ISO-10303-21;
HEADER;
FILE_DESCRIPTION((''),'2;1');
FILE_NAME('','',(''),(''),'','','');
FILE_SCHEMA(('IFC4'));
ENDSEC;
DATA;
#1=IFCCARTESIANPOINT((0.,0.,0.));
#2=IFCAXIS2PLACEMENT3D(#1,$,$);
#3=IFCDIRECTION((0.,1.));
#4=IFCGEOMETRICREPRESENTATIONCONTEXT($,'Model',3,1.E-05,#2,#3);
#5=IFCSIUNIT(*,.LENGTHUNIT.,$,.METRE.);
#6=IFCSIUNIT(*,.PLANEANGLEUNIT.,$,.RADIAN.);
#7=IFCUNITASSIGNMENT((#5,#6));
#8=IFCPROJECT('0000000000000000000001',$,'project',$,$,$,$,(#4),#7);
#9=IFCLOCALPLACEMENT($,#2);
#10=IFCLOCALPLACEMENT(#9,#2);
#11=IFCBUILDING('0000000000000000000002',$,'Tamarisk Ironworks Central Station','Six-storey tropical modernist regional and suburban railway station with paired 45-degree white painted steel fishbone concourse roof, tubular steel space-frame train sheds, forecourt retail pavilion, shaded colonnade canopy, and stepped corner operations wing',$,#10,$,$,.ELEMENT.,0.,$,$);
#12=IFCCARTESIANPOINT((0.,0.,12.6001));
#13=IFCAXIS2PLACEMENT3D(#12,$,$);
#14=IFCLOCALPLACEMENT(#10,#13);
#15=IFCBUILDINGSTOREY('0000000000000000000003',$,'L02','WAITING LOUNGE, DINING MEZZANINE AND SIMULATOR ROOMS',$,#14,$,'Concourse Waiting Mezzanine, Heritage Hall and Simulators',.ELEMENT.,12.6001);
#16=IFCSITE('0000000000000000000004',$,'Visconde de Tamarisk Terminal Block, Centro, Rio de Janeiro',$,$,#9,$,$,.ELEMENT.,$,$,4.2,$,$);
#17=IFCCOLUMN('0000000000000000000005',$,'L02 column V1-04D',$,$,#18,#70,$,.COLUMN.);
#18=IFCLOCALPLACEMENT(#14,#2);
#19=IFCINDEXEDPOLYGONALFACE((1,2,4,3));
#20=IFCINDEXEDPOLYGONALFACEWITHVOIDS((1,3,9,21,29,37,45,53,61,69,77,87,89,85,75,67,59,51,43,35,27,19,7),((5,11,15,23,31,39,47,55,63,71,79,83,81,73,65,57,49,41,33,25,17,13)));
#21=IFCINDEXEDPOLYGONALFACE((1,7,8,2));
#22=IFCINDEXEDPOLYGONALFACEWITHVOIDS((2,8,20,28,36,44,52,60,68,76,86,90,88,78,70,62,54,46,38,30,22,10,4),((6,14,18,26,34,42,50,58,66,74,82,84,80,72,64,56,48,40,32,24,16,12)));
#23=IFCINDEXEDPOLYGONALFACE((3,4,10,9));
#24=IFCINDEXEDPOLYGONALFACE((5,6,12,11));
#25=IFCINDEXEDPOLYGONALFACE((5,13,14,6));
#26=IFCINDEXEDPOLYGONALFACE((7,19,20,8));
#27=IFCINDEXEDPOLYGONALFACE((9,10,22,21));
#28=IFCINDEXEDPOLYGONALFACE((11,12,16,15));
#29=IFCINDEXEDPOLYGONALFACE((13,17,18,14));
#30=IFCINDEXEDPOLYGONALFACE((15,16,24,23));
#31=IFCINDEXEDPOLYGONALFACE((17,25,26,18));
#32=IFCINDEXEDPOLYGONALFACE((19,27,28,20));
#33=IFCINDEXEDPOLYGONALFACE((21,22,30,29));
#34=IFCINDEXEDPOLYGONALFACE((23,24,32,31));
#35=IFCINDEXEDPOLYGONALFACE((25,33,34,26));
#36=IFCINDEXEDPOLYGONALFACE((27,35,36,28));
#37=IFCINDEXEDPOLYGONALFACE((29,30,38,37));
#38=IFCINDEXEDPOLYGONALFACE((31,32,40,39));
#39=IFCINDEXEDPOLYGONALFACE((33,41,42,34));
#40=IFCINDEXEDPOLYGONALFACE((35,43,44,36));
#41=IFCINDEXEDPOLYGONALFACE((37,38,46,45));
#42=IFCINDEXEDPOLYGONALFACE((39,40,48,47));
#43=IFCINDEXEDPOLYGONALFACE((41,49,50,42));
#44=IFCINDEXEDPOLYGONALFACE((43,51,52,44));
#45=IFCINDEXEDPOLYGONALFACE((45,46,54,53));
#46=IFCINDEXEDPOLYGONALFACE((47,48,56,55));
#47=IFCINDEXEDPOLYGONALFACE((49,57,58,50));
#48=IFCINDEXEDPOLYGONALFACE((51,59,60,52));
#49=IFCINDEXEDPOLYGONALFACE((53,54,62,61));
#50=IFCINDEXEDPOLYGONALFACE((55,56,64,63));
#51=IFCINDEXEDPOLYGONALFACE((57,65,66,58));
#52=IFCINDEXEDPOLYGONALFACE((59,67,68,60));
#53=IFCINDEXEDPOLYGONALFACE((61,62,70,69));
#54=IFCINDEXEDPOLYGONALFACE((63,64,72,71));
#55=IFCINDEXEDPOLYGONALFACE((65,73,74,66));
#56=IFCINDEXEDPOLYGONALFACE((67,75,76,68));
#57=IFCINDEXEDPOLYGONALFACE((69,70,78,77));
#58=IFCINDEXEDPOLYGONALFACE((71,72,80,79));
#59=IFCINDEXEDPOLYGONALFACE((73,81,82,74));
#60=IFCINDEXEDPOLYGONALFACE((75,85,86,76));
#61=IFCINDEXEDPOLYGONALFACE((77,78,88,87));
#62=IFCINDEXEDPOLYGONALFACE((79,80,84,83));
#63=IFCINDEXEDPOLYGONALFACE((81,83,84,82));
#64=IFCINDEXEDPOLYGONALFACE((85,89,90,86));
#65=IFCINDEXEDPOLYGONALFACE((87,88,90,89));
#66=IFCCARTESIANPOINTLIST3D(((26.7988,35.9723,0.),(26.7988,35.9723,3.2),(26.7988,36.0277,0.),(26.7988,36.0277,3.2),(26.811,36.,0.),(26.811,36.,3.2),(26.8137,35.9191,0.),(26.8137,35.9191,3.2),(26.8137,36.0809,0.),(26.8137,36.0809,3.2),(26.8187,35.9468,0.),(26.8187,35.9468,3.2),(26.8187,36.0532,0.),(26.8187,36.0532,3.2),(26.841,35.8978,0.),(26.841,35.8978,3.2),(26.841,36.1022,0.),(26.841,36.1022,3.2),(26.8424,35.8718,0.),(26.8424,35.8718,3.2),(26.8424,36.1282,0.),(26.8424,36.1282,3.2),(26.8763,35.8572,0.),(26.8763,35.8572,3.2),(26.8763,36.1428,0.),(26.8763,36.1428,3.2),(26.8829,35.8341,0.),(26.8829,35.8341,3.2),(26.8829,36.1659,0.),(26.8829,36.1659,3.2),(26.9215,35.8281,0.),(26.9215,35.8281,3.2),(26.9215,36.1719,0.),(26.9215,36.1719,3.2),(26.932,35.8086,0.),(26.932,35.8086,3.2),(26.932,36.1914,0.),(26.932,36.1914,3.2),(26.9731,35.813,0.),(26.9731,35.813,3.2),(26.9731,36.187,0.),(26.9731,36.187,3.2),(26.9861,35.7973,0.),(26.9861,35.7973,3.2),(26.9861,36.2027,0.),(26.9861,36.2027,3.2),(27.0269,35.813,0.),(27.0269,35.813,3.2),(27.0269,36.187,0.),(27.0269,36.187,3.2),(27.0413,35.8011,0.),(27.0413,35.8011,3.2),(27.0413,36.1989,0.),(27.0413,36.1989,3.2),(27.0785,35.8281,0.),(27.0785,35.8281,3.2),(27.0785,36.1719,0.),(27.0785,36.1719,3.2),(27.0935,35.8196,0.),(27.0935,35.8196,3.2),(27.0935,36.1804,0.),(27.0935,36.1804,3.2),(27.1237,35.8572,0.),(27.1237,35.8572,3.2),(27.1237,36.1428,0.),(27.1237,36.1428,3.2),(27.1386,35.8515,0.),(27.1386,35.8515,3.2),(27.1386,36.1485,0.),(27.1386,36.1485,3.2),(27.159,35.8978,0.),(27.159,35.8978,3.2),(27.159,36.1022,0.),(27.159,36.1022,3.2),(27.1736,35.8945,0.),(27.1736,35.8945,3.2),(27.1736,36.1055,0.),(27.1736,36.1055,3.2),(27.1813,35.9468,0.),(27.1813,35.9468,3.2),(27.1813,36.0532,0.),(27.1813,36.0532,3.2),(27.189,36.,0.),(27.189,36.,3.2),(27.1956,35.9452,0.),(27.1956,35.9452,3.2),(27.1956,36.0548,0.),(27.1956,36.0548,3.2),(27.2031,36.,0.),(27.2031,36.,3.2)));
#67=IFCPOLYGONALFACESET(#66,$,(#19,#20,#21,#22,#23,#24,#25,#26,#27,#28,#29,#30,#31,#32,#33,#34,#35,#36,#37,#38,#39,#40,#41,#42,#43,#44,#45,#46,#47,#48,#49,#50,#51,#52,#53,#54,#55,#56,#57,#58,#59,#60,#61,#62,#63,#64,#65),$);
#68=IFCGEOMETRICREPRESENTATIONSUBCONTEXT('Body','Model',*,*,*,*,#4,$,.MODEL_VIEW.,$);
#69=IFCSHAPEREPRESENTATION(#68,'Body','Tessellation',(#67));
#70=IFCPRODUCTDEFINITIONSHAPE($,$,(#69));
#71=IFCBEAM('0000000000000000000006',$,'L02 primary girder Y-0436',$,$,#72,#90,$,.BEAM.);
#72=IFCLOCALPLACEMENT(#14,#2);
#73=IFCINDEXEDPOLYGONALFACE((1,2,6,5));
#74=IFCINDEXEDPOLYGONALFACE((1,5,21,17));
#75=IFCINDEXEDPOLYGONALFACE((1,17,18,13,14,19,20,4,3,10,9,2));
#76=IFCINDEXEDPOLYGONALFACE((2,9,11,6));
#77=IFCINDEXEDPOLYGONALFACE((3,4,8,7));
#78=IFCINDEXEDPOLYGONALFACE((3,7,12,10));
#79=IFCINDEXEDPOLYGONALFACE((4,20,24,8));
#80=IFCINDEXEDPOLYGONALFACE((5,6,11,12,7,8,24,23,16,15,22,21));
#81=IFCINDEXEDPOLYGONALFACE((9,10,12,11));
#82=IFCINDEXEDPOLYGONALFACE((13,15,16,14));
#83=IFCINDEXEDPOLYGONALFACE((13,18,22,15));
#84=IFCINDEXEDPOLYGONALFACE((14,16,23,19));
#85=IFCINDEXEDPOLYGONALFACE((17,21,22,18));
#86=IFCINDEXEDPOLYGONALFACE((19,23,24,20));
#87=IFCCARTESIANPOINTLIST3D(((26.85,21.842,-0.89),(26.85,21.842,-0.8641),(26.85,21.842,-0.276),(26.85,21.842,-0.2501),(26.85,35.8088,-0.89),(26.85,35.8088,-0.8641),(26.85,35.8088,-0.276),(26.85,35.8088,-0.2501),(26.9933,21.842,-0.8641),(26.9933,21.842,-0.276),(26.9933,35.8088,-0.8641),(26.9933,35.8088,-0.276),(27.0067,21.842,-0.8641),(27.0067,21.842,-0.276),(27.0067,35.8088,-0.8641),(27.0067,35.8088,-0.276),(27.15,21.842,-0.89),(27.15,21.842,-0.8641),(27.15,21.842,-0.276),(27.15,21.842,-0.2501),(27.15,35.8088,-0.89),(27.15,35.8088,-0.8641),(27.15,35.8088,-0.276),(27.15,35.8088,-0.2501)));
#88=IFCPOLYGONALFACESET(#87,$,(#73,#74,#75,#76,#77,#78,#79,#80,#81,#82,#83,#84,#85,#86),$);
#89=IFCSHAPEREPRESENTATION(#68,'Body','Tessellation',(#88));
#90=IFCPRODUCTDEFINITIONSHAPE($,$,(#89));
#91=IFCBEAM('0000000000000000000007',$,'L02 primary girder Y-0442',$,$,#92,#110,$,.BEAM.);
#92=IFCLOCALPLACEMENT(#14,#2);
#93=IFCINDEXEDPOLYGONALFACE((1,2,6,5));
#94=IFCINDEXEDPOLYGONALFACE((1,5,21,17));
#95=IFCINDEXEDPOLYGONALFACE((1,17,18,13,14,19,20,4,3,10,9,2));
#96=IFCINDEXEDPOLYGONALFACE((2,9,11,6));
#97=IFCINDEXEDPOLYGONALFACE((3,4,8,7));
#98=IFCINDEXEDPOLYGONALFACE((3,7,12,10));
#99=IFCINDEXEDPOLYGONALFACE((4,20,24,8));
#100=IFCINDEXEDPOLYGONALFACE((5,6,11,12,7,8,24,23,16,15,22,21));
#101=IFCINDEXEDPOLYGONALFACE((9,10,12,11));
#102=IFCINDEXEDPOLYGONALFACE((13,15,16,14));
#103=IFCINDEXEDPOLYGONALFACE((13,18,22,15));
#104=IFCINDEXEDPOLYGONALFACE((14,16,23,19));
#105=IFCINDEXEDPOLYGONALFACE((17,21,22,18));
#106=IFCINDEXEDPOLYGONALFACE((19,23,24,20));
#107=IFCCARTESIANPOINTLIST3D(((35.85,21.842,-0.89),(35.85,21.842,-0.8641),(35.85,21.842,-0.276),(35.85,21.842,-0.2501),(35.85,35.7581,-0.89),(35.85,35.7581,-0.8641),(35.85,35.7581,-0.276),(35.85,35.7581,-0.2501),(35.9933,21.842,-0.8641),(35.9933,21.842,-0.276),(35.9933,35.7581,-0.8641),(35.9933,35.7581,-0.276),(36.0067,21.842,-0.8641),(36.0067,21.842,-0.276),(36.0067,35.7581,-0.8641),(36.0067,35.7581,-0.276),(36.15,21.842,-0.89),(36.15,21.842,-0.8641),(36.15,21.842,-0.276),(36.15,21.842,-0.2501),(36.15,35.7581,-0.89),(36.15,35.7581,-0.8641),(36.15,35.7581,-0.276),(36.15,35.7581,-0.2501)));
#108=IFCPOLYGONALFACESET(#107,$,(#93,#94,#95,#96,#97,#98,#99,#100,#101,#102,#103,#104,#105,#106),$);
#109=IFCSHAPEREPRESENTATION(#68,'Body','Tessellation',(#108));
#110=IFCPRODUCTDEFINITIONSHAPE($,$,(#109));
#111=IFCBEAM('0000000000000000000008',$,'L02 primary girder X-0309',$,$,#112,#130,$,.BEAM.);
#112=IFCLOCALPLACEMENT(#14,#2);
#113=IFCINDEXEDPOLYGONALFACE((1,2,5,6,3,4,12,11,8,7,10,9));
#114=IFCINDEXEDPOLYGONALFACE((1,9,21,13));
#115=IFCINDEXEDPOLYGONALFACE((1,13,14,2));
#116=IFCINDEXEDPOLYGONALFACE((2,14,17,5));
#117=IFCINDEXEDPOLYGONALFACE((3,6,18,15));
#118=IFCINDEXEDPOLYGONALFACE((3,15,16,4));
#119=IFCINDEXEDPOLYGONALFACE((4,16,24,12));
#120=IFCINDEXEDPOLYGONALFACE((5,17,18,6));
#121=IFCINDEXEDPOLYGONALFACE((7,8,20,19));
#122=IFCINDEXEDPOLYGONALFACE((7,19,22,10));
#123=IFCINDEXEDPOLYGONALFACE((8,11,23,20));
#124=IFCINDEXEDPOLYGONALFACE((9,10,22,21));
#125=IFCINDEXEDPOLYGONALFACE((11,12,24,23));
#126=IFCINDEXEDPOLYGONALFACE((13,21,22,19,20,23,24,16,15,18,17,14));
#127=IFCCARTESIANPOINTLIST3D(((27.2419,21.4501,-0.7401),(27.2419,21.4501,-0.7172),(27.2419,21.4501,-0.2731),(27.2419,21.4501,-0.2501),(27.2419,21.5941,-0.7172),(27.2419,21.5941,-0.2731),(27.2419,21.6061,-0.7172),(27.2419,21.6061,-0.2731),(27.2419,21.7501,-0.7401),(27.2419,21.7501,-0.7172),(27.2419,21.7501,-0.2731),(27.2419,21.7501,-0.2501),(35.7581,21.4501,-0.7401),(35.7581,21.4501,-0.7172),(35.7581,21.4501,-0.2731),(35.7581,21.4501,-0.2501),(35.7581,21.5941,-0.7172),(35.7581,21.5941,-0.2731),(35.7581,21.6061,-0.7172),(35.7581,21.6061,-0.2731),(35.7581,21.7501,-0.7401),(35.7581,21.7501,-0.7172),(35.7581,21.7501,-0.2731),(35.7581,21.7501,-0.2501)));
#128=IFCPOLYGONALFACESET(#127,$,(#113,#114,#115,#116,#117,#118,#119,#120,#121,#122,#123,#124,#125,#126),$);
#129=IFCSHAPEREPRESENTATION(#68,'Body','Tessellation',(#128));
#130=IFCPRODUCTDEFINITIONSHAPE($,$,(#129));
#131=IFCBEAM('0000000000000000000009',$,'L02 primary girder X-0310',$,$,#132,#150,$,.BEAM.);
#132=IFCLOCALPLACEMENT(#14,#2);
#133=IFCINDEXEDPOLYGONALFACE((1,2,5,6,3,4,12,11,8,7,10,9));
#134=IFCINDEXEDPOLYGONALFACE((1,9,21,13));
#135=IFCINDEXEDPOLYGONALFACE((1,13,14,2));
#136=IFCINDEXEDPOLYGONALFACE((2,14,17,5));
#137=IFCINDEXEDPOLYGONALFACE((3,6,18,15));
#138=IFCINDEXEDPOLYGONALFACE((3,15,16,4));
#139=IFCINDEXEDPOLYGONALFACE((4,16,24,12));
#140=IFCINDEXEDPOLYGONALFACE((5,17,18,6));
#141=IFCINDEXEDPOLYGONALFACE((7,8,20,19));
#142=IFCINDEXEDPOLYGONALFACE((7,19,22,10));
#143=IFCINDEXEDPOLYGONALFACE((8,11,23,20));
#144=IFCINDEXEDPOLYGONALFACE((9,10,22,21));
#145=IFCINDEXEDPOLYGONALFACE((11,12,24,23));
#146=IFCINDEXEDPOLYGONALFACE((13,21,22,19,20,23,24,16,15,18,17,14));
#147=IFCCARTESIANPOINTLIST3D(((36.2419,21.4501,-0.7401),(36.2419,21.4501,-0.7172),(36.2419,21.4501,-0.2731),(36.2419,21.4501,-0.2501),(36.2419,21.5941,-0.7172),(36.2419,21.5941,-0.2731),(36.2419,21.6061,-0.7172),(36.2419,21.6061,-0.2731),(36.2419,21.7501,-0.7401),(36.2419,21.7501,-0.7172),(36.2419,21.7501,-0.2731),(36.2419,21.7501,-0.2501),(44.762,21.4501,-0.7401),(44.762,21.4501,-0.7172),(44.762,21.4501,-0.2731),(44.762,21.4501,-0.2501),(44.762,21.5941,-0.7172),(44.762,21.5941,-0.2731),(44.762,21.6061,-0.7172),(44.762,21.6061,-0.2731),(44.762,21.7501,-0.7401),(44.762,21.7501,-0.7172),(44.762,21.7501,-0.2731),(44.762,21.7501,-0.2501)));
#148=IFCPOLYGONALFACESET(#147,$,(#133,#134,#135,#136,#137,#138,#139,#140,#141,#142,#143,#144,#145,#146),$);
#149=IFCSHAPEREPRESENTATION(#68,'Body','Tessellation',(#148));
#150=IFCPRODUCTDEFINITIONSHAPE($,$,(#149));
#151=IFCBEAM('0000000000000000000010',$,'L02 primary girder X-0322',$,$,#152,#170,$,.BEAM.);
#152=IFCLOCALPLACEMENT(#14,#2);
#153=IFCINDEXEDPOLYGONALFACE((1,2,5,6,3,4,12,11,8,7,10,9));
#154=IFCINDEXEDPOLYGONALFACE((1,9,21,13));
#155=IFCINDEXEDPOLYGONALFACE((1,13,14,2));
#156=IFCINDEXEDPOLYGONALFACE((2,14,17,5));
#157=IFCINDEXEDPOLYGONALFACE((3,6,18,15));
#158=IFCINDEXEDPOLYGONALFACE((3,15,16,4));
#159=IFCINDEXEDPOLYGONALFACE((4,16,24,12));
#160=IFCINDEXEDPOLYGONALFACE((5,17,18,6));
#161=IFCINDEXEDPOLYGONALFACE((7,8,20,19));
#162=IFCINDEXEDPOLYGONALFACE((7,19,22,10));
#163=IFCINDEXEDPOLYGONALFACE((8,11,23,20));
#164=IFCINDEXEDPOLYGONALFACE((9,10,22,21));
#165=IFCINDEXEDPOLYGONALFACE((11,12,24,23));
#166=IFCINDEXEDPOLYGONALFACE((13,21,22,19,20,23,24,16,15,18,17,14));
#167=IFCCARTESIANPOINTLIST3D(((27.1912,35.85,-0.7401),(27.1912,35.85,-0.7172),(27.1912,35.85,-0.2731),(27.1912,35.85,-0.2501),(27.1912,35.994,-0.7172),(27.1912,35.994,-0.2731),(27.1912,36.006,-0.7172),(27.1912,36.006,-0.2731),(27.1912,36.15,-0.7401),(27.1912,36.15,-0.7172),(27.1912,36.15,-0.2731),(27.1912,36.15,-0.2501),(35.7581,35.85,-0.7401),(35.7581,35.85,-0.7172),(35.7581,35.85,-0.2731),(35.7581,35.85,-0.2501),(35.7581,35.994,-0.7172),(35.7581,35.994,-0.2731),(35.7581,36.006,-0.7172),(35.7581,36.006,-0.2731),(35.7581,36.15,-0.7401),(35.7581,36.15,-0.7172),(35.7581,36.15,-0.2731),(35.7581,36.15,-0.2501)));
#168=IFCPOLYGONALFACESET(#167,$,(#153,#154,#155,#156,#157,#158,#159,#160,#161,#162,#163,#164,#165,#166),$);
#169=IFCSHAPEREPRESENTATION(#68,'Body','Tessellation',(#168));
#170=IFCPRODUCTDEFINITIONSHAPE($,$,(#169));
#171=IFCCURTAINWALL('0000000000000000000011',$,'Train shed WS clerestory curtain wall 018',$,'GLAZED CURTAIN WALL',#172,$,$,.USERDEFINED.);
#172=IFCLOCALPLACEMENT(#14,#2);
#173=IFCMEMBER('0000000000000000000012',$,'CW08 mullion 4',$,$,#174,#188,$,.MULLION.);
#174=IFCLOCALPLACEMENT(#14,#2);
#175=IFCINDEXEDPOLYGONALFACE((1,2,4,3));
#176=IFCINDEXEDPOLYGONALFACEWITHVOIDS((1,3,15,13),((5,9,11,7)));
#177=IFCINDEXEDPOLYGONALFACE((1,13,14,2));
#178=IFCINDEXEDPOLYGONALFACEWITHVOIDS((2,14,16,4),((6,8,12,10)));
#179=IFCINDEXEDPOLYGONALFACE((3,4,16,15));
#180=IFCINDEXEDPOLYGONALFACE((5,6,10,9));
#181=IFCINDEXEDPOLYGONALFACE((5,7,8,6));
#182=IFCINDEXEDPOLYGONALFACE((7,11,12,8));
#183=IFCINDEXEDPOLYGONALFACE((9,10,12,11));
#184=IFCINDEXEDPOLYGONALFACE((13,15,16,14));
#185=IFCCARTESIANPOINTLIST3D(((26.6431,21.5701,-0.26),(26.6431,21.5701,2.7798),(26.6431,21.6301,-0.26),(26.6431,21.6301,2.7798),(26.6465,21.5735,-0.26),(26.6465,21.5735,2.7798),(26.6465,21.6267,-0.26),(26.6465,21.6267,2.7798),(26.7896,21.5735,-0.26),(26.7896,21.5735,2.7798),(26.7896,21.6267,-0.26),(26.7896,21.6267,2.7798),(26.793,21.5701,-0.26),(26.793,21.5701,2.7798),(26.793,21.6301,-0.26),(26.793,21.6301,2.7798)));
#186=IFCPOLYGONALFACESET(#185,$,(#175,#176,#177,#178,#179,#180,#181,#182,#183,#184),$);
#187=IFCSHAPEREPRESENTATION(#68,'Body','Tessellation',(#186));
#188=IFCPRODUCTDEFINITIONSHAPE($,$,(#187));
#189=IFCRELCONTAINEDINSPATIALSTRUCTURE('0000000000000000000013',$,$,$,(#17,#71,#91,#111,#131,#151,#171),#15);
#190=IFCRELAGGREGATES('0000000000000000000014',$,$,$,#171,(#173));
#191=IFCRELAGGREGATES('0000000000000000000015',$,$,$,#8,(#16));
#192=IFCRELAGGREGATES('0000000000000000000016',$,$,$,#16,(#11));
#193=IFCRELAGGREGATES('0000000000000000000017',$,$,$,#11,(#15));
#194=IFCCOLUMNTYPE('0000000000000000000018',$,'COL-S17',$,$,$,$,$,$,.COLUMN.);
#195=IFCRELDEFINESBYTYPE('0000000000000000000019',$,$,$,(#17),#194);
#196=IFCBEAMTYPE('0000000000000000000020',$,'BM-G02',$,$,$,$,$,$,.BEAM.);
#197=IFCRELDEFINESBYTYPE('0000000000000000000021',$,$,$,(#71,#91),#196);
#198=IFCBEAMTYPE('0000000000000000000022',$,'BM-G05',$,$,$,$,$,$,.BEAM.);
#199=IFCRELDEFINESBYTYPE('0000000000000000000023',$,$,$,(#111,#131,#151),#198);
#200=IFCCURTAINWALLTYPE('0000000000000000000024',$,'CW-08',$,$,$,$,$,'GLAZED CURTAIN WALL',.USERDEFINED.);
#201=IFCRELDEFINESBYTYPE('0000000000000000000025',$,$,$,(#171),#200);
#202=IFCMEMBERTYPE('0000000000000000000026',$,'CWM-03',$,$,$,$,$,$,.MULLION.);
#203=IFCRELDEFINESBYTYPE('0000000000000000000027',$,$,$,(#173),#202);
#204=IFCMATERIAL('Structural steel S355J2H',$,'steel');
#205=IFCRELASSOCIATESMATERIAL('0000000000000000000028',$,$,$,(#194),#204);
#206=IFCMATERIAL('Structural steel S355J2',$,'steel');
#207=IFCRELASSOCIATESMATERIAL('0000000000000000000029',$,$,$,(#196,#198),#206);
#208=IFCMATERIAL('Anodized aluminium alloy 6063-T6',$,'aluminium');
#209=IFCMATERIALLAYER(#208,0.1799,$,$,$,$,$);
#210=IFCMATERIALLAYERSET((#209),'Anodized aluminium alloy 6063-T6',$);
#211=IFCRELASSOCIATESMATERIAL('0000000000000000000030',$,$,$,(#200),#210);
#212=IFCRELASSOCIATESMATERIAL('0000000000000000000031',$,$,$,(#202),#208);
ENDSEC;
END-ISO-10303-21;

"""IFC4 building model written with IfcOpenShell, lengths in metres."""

from ifc_helpers import new_model, si_unit, direction, frame, origin, origin_2d, place, context, subcontext, project, spatial, hollow_rectangle, hollow_circle, i_section, extrude, material, layer, layer_set, material_profile, profile_set, type_object, element, aggregate, save


model = new_model("IFC4")

# Units and contexts
model_context = context("Model", 3, precision=1e-05, world=origin(), true_north=direction((0.0, 1.0)))
body_context = subcontext(model_context, "Body", "Model", "MODEL_VIEW")
ifc_project = project(units=[si_unit("LENGTHUNIT", "METRE"), si_unit("PLANEANGLEUNIT", "RADIAN")], contexts=[model_context])

# Site, building, storey
site_placement = place(None, origin())
site = spatial("IfcSite", under=ifc_project, at=site_placement, Name="Visconde de Tamarisk Terminal Block, Centro, Rio de Janeiro", CompositionType="ELEMENT", RefElevation=4.2)
building_placement = place(site_placement, origin())
building = spatial("IfcBuilding", under=site, at=building_placement, Name="Tamarisk Ironworks Central Station", Description="Six-storey tropical modernist regional and suburban railway station with paired 45-degree white painted steel fishbone concourse roof, tubular steel space-frame train sheds, forecourt retail pavilion, shaded colonnade canopy, and stepped corner operations wing", CompositionType="ELEMENT", ElevationOfRefHeight=0.0)
storey_placement = place(building_placement, frame((0.0, 0.0, 12.6001)))
storey = spatial("IfcBuildingStorey", under=building, at=storey_placement, Name="L02", Description="WAITING LOUNGE, DINING MEZZANINE AND SIMULATOR ROOMS", LongName="Concourse Waiting Mezzanine, Heritage Hall and Simulators", CompositionType="ELEMENT", Elevation=12.6001)

# Column
ifc_material_1 = material(Name="Structural steel S355J2H", Category="steel")
ifc_material_profile_1 = material_profile(ifc_material_1, hollow_circle(Radius=0.2031, WallThickness=0.0142, at=origin_2d()), Name="CHS 406.4x14.2")
ifc_profile_set_1 = profile_set([ifc_material_profile_1], Name="Structural steel S355J2H")
column_type_1 = type_object("IfcColumnType", Name="COL-S17", PredefinedType="COLUMN", material=ifc_profile_set_1)
column_placement = place(storey_placement, frame((27.0, 36.0, 0.0), z_axis=(0.0, 0.0, 1.0), x_axis=(1.0, 0.0, 0.0)))
element("IfcColumn", 1, at=column_placement, inside=storey, type_object=column_type_1, Name="L02 column V1-04D", PredefinedType="COLUMN", context=body_context, shape_type="SweptSolid", body=[
    extrude(hollow_circle(Radius=0.2031, WallThickness=0.0142, at=origin_2d()), origin(), (0.0, 0.0, 1.0), 3.2),
])

# Beams
ifc_material_2 = material(Name="Structural steel S355J2", Category="steel")
ifc_material_profile_2 = material_profile(ifc_material_2, i_section(OverallWidth=0.3, OverallDepth=0.6399, WebThickness=0.0134, FlangeThickness=0.0259, at=origin_2d()), Name="HEA 650")
ifc_profile_set_2 = profile_set([ifc_material_profile_2], Name="Structural steel S355J2")
beam_type_1 = type_object("IfcBeamType", Name="BM-G02", PredefinedType="BEAM", material=ifc_profile_set_2)
beam_1_placement = place(storey_placement, frame((27.0, 21.842, -0.5701), z_axis=(0.0, 1.0, 0.0), x_axis=(-1.0, 0.0, 0.0)))
element("IfcBeam", 2, at=beam_1_placement, inside=storey, type_object=beam_type_1, Name="L02 primary girder Y-0436", PredefinedType="BEAM", context=body_context, shape_type="SweptSolid", body=[
    extrude(i_section(OverallWidth=0.3, OverallDepth=0.6399, WebThickness=0.0134, FlangeThickness=0.0259, at=origin_2d()), origin(), (0.0, 0.0, 1.0), 13.9668),
])
beam_2_placement = place(storey_placement, frame((36.0, 21.842, -0.5701), z_axis=(0.0, 1.0, 0.0), x_axis=(-1.0, 0.0, 0.0)))
element("IfcBeam", 3, at=beam_2_placement, inside=storey, type_object=beam_type_1, Name="L02 primary girder Y-0442", PredefinedType="BEAM", context=body_context, shape_type="SweptSolid", body=[
    extrude(i_section(OverallWidth=0.3, OverallDepth=0.6399, WebThickness=0.0134, FlangeThickness=0.0259, at=origin_2d()), origin(), (0.0, 0.0, 1.0), 13.916),
])
ifc_material_profile_3 = material_profile(ifc_material_2, i_section(OverallWidth=0.3, OverallDepth=0.49, WebThickness=0.012, FlangeThickness=0.0229, at=origin_2d()), Name="HEA 500")
ifc_profile_set_3 = profile_set([ifc_material_profile_3], Name="Structural steel S355J2")
beam_type_2 = type_object("IfcBeamType", Name="BM-G05", PredefinedType="BEAM", material=ifc_profile_set_3)
beam_3_placement = place(storey_placement, frame((27.2419, 21.6001, -0.4951), z_axis=(1.0, 0.0, 0.0), x_axis=(0.0, 1.0, 0.0)))
element("IfcBeam", 4, at=beam_3_placement, inside=storey, type_object=beam_type_2, Name="L02 primary girder X-0309", PredefinedType="BEAM", context=body_context, shape_type="SweptSolid", body=[
    extrude(i_section(OverallWidth=0.3, OverallDepth=0.49, WebThickness=0.012, FlangeThickness=0.0229, at=origin_2d()), origin(), (0.0, 0.0, 1.0), 8.5161),
])
beam_4_placement = place(storey_placement, frame((36.2419, 21.6001, -0.4951), z_axis=(1.0, 0.0, 0.0), x_axis=(0.0, 1.0, 0.0)))
element("IfcBeam", 5, at=beam_4_placement, inside=storey, type_object=beam_type_2, Name="L02 primary girder X-0310", PredefinedType="BEAM", context=body_context, shape_type="SweptSolid", body=[
    extrude(i_section(OverallWidth=0.3, OverallDepth=0.49, WebThickness=0.012, FlangeThickness=0.0229, at=origin_2d()), origin(), (0.0, 0.0, 1.0), 8.52),
])
beam_5_placement = place(storey_placement, frame((27.1912, 36.0, -0.4951), z_axis=(1.0, 0.0, 0.0), x_axis=(0.0, 1.0, 0.0)))
element("IfcBeam", 6, at=beam_5_placement, inside=storey, type_object=beam_type_2, Name="L02 primary girder X-0322", PredefinedType="BEAM", context=body_context, shape_type="SweptSolid", body=[
    extrude(i_section(OverallWidth=0.3, OverallDepth=0.49, WebThickness=0.012, FlangeThickness=0.0229, at=origin_2d()), origin(), (0.0, 0.0, 1.0), 8.5669),
])

# Curtain wall, member
ifc_material_3 = material(Name="Anodized aluminium alloy 6063-T6", Category="aluminium")
ifc_layer_1 = layer(ifc_material_3, 0.1799)
ifc_layer_set_1 = layer_set([ifc_layer_1], Name="Anodized aluminium alloy 6063-T6")
curtain_wall_type = type_object("IfcCurtainWallType", Name="CW-08", ElementType="GLAZED CURTAIN WALL", PredefinedType="USERDEFINED", material=ifc_layer_set_1)
curtain_wall_1_placement = place(storey_placement, origin())
curtain_wall_1 = element("IfcCurtainWall", 7, at=curtain_wall_1_placement, inside=storey, type_object=curtain_wall_type, Name="Train shed WS clerestory curtain wall 018", ObjectType="GLAZED CURTAIN WALL", PredefinedType="USERDEFINED")
ifc_material_profile_4 = material_profile(ifc_material_3, hollow_rectangle(XDim=0.0601, YDim=0.1499, WallThickness=0.0034, at=origin_2d()), Name="ALUM 150x60")
ifc_profile_set_4 = profile_set([ifc_material_profile_4], Name="Anodized aluminium alloy 6063-T6")
member_type_1 = type_object("IfcMemberType", Name="CWM-03", PredefinedType="MULLION", material=ifc_profile_set_4)
member_1_placement = place(storey_placement, frame((26.718, 21.6001, -0.26), z_axis=(0.0, 0.0, 1.0), x_axis=(0.0, 1.0, 0.0)))
member_1 = element("IfcMember", 8, at=member_1_placement, type_object=member_type_1, Name="CW08 mullion 4", PredefinedType="MULLION", context=body_context, shape_type="SweptSolid", body=[
    extrude(hollow_rectangle(XDim=0.0601, YDim=0.1499, WallThickness=0.0034, at=origin_2d()), origin(), (0.0, 0.0, 1.0), 3.0398),
])

aggregate(curtain_wall_1, [member_1])

save(model, "model.ifc")
